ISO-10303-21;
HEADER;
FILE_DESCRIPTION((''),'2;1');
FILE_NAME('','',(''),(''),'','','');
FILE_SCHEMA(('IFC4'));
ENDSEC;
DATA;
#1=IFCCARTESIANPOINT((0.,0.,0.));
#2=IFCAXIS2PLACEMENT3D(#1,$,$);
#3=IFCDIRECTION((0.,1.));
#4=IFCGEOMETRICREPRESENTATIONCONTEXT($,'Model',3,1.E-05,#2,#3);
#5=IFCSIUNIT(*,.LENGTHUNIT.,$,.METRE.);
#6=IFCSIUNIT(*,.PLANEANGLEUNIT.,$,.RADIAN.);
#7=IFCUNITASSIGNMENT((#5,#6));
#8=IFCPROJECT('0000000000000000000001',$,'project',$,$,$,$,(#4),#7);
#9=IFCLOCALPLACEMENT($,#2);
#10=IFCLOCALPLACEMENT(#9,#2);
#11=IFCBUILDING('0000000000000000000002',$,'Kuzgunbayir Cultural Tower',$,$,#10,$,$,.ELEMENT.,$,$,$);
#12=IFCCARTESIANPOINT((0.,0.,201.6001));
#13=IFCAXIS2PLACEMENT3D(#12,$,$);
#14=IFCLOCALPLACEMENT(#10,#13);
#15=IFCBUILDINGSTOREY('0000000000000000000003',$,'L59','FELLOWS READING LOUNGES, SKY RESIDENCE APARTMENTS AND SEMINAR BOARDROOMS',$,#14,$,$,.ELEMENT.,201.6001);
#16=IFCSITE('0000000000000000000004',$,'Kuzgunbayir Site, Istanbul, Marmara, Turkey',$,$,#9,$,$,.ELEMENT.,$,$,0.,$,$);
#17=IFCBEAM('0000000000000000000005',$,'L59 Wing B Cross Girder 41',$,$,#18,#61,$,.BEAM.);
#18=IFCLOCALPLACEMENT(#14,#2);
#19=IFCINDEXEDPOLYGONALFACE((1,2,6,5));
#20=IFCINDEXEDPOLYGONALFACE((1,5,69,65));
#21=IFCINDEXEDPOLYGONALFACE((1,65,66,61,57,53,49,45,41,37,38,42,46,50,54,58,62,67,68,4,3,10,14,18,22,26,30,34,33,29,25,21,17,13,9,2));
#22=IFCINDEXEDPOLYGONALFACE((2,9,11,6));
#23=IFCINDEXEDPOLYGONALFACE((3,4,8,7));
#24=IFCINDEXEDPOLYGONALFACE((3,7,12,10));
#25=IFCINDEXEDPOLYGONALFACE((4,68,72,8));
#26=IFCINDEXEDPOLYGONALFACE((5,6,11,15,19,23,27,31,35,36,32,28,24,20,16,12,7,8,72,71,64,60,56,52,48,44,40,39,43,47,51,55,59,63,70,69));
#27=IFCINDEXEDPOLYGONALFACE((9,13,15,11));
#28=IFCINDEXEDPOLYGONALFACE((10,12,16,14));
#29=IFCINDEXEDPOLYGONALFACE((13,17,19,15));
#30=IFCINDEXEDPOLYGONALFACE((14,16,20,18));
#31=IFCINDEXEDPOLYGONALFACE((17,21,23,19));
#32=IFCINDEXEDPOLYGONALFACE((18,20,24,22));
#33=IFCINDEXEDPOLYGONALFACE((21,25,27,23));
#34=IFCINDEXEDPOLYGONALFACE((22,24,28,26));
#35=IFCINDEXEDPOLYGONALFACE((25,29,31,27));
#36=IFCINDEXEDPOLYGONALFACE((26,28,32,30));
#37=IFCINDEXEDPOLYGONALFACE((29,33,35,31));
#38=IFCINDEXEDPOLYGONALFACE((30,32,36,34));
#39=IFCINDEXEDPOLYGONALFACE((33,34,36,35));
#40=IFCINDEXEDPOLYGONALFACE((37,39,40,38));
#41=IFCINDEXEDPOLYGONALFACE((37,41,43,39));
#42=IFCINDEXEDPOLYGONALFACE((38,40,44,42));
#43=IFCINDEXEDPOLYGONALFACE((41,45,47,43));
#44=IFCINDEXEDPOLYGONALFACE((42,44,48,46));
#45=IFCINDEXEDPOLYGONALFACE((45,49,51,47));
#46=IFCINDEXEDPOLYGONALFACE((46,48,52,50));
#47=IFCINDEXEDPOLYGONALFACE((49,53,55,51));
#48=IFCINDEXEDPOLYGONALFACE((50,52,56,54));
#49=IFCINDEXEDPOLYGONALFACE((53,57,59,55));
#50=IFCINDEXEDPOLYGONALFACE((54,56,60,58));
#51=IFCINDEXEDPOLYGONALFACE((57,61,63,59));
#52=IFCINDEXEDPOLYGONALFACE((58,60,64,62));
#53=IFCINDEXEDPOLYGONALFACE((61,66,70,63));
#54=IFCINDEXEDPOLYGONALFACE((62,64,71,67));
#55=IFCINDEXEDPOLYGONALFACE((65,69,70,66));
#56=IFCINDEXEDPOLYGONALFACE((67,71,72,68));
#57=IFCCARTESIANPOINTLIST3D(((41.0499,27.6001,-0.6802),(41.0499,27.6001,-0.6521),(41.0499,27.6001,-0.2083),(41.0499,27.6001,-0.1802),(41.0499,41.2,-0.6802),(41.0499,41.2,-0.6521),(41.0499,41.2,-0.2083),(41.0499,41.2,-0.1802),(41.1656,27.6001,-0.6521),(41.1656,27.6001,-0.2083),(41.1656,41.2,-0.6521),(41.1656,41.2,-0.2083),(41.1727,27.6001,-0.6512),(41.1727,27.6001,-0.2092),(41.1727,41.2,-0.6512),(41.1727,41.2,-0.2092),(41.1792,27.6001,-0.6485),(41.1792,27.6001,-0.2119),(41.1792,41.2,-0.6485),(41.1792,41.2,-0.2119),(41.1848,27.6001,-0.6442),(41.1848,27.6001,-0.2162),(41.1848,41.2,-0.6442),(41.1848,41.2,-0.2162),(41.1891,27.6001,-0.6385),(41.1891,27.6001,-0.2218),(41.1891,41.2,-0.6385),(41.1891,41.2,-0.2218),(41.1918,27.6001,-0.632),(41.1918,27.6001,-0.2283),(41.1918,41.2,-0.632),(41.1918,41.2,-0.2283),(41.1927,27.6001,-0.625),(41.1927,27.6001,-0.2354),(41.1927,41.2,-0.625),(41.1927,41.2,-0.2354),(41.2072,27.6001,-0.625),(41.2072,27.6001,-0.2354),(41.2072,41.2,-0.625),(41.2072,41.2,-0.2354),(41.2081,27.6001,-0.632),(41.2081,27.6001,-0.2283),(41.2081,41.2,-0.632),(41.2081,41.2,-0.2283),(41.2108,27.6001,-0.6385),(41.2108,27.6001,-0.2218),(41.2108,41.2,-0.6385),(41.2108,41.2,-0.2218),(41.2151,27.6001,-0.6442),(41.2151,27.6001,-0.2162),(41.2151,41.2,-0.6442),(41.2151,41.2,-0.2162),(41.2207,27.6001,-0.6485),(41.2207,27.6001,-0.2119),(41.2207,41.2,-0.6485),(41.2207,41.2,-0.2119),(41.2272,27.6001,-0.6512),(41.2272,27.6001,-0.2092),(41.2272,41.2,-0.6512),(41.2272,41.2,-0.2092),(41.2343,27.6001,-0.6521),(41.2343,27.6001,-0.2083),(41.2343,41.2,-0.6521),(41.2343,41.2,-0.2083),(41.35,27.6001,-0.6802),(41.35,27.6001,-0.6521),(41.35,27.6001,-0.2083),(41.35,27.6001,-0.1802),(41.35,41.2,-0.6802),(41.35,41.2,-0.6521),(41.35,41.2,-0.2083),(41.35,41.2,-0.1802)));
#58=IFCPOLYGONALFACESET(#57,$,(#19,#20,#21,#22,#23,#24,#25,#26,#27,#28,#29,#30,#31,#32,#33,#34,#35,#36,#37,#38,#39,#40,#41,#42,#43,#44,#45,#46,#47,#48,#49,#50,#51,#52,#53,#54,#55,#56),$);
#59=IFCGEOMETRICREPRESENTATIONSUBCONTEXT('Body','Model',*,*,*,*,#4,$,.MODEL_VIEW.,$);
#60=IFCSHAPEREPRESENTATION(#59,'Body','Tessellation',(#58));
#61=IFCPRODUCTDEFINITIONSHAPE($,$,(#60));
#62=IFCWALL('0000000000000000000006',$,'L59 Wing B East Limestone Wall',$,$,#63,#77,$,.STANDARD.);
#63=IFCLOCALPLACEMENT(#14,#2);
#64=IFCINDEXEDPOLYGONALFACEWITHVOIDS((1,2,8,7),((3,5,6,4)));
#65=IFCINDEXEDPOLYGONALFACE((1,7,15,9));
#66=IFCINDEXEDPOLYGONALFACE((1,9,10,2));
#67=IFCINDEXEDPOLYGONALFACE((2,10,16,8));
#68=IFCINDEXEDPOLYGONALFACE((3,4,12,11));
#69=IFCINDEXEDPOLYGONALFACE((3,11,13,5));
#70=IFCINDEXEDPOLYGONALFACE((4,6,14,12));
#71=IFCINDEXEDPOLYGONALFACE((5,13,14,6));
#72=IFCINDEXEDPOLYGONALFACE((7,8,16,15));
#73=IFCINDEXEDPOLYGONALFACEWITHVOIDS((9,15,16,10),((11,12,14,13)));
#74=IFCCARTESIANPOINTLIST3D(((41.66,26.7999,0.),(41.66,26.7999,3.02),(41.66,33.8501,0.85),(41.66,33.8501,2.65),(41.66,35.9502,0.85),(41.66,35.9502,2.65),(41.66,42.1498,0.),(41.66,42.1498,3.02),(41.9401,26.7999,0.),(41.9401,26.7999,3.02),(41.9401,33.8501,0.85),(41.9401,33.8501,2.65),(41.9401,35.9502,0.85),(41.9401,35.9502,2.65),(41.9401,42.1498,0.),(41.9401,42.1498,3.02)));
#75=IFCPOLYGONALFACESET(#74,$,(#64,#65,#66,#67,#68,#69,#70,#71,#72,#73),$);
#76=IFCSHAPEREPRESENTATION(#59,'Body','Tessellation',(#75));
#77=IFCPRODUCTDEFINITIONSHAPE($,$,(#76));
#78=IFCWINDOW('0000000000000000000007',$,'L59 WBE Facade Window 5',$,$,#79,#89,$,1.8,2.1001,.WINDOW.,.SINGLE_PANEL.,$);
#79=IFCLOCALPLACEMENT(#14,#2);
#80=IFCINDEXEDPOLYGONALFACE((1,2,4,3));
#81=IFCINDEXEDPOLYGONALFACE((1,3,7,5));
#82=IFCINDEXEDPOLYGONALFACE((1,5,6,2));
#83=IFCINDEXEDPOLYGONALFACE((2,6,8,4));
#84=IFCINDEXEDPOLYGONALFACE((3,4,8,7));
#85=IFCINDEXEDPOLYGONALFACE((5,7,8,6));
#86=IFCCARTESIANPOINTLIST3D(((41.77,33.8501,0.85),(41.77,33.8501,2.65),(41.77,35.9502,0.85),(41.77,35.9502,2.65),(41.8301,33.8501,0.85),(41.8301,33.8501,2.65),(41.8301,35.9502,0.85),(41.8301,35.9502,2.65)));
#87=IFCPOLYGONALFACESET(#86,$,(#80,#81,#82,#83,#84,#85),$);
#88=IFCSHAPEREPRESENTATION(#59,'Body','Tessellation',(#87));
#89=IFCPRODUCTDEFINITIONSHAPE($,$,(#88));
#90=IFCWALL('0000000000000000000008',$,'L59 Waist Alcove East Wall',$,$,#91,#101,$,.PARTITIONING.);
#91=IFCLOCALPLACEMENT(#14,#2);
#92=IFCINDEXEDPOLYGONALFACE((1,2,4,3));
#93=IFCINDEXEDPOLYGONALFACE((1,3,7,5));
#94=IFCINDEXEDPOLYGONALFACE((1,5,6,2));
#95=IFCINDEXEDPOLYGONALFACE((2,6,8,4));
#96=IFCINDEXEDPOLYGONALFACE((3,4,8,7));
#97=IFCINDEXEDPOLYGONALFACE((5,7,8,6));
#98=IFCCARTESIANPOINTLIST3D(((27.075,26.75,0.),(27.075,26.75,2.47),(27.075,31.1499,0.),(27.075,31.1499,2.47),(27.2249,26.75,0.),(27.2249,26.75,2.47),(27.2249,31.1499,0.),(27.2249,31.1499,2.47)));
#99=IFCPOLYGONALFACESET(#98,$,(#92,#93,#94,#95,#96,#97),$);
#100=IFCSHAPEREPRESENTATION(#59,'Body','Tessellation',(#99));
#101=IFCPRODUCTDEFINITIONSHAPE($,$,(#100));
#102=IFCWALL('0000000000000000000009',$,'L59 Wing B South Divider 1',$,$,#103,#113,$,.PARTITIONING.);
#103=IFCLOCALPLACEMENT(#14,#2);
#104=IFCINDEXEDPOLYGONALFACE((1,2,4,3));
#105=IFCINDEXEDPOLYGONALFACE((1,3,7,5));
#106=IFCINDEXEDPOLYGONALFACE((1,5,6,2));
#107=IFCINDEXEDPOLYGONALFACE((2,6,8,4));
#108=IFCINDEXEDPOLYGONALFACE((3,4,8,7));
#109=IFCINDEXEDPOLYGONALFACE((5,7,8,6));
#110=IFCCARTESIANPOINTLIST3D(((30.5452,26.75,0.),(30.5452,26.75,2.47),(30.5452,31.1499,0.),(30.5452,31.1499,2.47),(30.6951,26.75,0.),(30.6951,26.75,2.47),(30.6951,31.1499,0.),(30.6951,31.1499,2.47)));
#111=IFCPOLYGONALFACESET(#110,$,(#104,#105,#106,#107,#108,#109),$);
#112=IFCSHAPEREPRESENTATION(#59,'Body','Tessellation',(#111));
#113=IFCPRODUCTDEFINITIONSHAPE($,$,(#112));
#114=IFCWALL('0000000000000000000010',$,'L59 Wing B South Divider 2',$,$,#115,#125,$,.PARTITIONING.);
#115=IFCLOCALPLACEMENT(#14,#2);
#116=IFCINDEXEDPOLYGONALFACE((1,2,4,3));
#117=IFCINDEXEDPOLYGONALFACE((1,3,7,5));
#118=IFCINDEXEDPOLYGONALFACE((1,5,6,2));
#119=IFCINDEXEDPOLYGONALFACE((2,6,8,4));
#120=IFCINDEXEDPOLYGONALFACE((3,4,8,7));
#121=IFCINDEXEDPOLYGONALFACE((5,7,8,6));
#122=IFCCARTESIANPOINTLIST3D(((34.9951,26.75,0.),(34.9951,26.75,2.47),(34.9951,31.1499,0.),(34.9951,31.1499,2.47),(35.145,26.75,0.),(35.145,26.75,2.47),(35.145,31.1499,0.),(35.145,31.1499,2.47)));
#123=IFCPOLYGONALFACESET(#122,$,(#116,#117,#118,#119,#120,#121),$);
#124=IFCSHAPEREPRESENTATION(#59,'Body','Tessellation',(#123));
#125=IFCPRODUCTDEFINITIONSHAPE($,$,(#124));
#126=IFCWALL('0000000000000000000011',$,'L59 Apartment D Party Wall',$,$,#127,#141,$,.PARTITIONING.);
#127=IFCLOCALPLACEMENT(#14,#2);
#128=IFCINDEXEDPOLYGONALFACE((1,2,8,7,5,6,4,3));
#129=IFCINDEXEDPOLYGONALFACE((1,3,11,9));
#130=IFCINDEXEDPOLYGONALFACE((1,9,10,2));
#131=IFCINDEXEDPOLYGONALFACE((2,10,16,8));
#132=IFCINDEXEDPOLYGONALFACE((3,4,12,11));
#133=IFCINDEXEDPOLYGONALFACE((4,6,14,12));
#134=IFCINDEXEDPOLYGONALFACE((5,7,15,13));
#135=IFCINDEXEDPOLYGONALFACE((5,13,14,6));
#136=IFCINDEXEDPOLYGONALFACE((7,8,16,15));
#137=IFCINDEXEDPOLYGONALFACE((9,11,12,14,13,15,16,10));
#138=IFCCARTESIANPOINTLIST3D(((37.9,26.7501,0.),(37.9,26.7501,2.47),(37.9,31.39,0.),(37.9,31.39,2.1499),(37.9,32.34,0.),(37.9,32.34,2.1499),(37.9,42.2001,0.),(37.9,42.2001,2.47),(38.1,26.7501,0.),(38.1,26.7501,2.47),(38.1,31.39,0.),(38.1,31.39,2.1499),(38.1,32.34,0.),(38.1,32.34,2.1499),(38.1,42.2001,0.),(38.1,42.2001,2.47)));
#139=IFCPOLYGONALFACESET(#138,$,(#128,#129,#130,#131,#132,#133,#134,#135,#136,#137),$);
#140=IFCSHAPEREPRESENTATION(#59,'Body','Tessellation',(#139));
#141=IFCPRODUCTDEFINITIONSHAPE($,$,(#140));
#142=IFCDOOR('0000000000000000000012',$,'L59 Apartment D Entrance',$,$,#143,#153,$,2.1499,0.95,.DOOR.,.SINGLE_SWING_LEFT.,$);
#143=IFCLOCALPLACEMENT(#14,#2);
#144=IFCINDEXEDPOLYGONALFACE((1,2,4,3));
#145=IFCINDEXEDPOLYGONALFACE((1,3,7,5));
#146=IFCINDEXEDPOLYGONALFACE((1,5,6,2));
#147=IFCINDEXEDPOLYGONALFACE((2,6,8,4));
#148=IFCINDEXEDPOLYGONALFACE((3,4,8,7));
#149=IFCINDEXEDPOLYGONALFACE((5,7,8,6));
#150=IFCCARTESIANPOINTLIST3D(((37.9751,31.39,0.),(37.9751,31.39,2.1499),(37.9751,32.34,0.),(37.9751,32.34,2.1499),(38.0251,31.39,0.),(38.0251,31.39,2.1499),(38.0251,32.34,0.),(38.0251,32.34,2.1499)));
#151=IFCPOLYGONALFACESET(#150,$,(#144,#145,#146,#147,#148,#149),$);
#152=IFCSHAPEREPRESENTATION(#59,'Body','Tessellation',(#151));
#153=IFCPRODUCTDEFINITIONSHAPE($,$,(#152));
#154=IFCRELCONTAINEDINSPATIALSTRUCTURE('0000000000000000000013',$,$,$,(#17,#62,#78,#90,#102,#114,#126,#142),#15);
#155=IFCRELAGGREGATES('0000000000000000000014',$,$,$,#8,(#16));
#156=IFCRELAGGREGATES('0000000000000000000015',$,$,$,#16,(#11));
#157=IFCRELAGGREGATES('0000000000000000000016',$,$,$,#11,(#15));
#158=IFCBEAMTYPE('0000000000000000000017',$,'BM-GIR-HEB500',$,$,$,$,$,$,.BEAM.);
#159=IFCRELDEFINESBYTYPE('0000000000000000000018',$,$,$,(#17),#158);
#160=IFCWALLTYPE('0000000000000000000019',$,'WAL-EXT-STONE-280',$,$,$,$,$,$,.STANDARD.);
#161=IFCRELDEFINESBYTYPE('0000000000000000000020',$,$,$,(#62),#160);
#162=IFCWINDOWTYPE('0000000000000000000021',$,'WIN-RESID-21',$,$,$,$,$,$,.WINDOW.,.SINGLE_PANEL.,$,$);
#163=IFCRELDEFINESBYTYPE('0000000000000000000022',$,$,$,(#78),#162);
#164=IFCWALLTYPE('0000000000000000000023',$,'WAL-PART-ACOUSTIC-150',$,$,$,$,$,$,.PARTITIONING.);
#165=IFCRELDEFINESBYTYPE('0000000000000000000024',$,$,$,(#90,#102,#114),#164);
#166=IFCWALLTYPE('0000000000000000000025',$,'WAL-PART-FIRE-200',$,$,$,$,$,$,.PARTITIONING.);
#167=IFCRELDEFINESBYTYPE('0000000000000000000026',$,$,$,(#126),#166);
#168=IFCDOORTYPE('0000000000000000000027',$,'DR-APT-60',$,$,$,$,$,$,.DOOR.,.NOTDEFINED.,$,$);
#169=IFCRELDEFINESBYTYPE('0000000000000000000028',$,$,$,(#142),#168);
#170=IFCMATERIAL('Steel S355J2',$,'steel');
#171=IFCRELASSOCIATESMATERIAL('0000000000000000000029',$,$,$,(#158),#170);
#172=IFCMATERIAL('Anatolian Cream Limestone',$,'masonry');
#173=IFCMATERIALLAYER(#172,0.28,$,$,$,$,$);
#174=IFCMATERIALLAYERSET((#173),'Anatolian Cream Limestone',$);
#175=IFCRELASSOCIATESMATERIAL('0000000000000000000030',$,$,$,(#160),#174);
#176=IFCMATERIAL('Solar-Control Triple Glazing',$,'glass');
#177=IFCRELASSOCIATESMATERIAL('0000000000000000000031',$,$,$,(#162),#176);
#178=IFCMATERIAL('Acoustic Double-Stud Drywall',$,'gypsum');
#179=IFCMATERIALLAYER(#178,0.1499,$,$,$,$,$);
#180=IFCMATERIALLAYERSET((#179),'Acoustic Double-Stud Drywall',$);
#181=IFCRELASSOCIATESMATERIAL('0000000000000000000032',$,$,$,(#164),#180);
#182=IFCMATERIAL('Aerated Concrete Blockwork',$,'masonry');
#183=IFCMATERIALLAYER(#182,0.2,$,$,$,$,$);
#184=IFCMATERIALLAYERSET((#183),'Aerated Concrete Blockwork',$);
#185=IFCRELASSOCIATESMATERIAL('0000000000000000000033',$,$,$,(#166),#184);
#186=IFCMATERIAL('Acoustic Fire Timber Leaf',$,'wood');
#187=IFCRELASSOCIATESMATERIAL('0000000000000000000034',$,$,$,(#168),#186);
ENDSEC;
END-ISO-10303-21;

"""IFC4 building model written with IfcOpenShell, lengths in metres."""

from ifc_helpers import new_model, si_unit, direction, frame, frame_2d, origin, origin_2d, place, context, subcontext, project, spatial, rectangle, i_section, extrude, material, layer, layer_set, material_profile, profile_set, type_object, element, fill, save


model = new_model("IFC4")

# Units and contexts
model_context = context("Model", 3, precision=1e-05, world=origin(), true_north=direction((0.0, 1.0)))
body_context = subcontext(model_context, "Body", "Model", "MODEL_VIEW")
ifc_project = project(units=[si_unit("LENGTHUNIT", "METRE"), si_unit("PLANEANGLEUNIT", "RADIAN")], contexts=[model_context])

# Site, building, storey
site_placement = place(None, origin())
site = spatial("IfcSite", under=ifc_project, at=site_placement, Name="Kuzgunbayir Site, Istanbul, Marmara, Turkey", CompositionType="ELEMENT", RefElevation=0.0)
building_placement = place(site_placement, origin())
building = spatial("IfcBuilding", under=site, at=building_placement, Name="Kuzgunbayir Cultural Tower", CompositionType="ELEMENT")
storey_placement = place(building_placement, frame((0.0, 0.0, 201.6001)))
storey = spatial("IfcBuildingStorey", under=building, at=storey_placement, Name="L59", Description="FELLOWS READING LOUNGES, SKY RESIDENCE APARTMENTS AND SEMINAR BOARDROOMS", CompositionType="ELEMENT", Elevation=201.6001)

# Beam
ifc_material_1 = material(Name="Steel S355J2", Category="steel")
ifc_material_profile_1 = material_profile(ifc_material_1, i_section(OverallWidth=0.3, OverallDepth=0.5, WebThickness=0.0144, FlangeThickness=0.0281, FilletRadius=0.0271, at=origin_2d()), Name="HEB 500")
ifc_profile_set_1 = profile_set([ifc_material_profile_1], Name="Steel S355J2")
beam_type_1 = type_object("IfcBeamType", Name="BM-GIR-HEB500", PredefinedType="BEAM", material=ifc_profile_set_1)
beam_1_placement = place(storey_placement, frame((41.2, 27.6001, -0.4302), z_axis=(0.0, 1.0, 0.0), x_axis=(-1.0, 0.0, 0.0)))
element("IfcBeam", 1, at=beam_1_placement, inside=storey, type_object=beam_type_1, Name="L59 Wing B Cross Girder 41", PredefinedType="BEAM", context=body_context, shape_type="SweptSolid", body=[
    extrude(i_section(OverallWidth=0.3, OverallDepth=0.5, WebThickness=0.0144, FlangeThickness=0.0281, FilletRadius=0.0271, at=origin_2d()), origin(), (0.0, 0.0, 1.0), 13.5999),
])

# Wall, opening, window
ifc_material_2 = material(Name="Anatolian Cream Limestone", Category="masonry")
ifc_layer_1 = layer(ifc_material_2, 0.28)
ifc_layer_set_1 = layer_set([ifc_layer_1], Name="Anatolian Cream Limestone")
wall_type_1 = type_object("IfcWallType", Name="WAL-EXT-STONE-280", PredefinedType="STANDARD", material=ifc_layer_set_1)
wall_1_placement = place(storey_placement, frame((41.8, 26.8, 0.0), z_axis=(0.0, 0.0, 1.0), x_axis=(0.0, 1.0, 0.0)))
wall_1 = element("IfcWall", 2, at=wall_1_placement, inside=storey, type_object=wall_type_1, Name="L59 Wing B East Limestone Wall", PredefinedType="STANDARD", context=body_context, shape_type="SweptSolid", body=[
    extrude(rectangle(XDim=15.3499, YDim=0.28, at=frame_2d((7.6748, 0.0))), origin(), (0.0, 0.0, 1.0), 3.02),
])
opening_1_placement = place(wall_1_placement, frame((7.05, 0.0, 0.8501)))
opening_1 = element("IfcOpeningElement", 3, at=opening_1_placement, cuts=wall_1, PredefinedType="OPENING", context=body_context, shape_type="SweptSolid", body=[
    extrude(rectangle(XDim=2.1001, YDim=1.8, at=frame_2d((1.05, 0.8999))), frame((0.0, 0.1499, 0.0), z_axis=(0.0, -1.0, 0.0), x_axis=(1.0, 0.0, 0.0)), (0.0, 0.0, 1.0), 0.3),
])
ifc_material_3 = material(Name="Solar-Control Triple Glazing", Category="glass")
window_type = type_object("IfcWindowType", Name="WIN-RESID-21", PartitioningType="SINGLE_PANEL", PredefinedType="WINDOW", material=ifc_material_3)
window_placement = place(opening_1_placement, origin())
window = element("IfcWindow", 4, at=window_placement, inside=storey, type_object=window_type, Name="L59 WBE Facade Window 5", OverallHeight=1.8, OverallWidth=2.1001, PartitioningType="SINGLE_PANEL", PredefinedType="WINDOW", context=body_context, shape_type="SweptSolid", body=[
    extrude(rectangle(XDim=2.1001, YDim=1.8, at=frame_2d((1.05, 0.8999))), frame((0.0, 0.03, 0.0), z_axis=(0.0, -1.0, 0.0), x_axis=(1.0, 0.0, 0.0)), (0.0, 0.0, 1.0), 0.0601),
])
fill(opening_1, window)

# Walls
ifc_material_4 = material(Name="Acoustic Double-Stud Drywall", Category="gypsum")
ifc_layer_2 = layer(ifc_material_4, 0.1499)
ifc_layer_set_2 = layer_set([ifc_layer_2], Name="Acoustic Double-Stud Drywall")
wall_type_2 = type_object("IfcWallType", Name="WAL-PART-ACOUSTIC-150", PredefinedType="PARTITIONING", material=ifc_layer_set_2)
for number, where, z_axis, x_axis, name in (
    (5, (27.1499, 26.75, 0.0), (0.0, 0.0, 1.0), (0.0, 1.0, 0.0), "L59 Waist Alcove East Wall"),
    (6, (30.6201, 26.75, 0.0), (0.0, 0.0, 1.0), (0.0, 1.0, 0.0), "L59 Wing B South Divider 1"),
    (7, (35.0701, 26.75, 0.0), (0.0, 0.0, 1.0), (0.0, 1.0, 0.0), "L59 Wing B South Divider 2"),
):
    element("IfcWall", number, at=place(storey_placement, frame(where, z_axis=z_axis, x_axis=x_axis)), inside=storey, type_object=wall_type_2, Name=name, PredefinedType="PARTITIONING", context=body_context, shape_type="SweptSolid", body=[
        extrude(rectangle(XDim=4.3999, YDim=0.1499, at=frame_2d((2.2, 0.0))), origin(), (0.0, 0.0, 1.0), 2.47),
    ])

# Wall, opening, door
ifc_material_5 = material(Name="Aerated Concrete Blockwork", Category="masonry")
ifc_layer_3 = layer(ifc_material_5, 0.2)
ifc_layer_set_3 = layer_set([ifc_layer_3], Name="Aerated Concrete Blockwork")
wall_type_3 = type_object("IfcWallType", Name="WAL-PART-FIRE-200", PredefinedType="PARTITIONING", material=ifc_layer_set_3)
wall_2_placement = place(storey_placement, frame((38.0, 26.75, 0.0), z_axis=(0.0, 0.0, 1.0), x_axis=(0.0, 1.0, 0.0)))
wall_2 = element("IfcWall", 8, at=wall_2_placement, inside=storey, type_object=wall_type_3, Name="L59 Apartment D Party Wall", PredefinedType="PARTITIONING", context=body_context, shape_type="SweptSolid", body=[
    extrude(rectangle(XDim=15.45, YDim=0.2, at=frame_2d((7.7251, 0.0))), origin(), (0.0, 0.0, 1.0), 2.47),
])
opening_2_placement = place(wall_2_placement, frame((4.6399, 0.0, 0.0)))
opening_2 = element("IfcOpeningElement", 9, at=opening_2_placement, cuts=wall_2, PredefinedType="OPENING", context=body_context, shape_type="SweptSolid", body=[
    extrude(rectangle(XDim=0.95, YDim=2.1499, at=frame_2d((0.4751, 1.075))), frame((0.0, 0.1099, 0.0), z_axis=(0.0, -1.0, 0.0), x_axis=(1.0, 0.0, 0.0)), (0.0, 0.0, 1.0), 0.22),
])
ifc_material_6 = material(Name="Acoustic Fire Timber Leaf", Category="wood")
door_type = type_object("IfcDoorType", Name="DR-APT-60", OperationType="NOTDEFINED", PredefinedType="DOOR", material=ifc_material_6)
door_placement = place(opening_2_placement, origin())
door = element("IfcDoor", 10, at=door_placement, inside=storey, type_object=door_type, Name="L59 Apartment D Entrance", OperationType="SINGLE_SWING_LEFT", OverallHeight=2.1499, OverallWidth=0.95, PredefinedType="DOOR", context=body_context, shape_type="SweptSolid", body=[
    extrude(rectangle(XDim=0.95, YDim=2.1499, at=frame_2d((0.4751, 1.075))), frame((0.0, 0.0249, 0.0), z_axis=(0.0, -1.0, 0.0), x_axis=(1.0, 0.0, 0.0)), (0.0, 0.0, 1.0), 0.05),
])
fill(opening_2, door)

save(model, "model.ifc")
